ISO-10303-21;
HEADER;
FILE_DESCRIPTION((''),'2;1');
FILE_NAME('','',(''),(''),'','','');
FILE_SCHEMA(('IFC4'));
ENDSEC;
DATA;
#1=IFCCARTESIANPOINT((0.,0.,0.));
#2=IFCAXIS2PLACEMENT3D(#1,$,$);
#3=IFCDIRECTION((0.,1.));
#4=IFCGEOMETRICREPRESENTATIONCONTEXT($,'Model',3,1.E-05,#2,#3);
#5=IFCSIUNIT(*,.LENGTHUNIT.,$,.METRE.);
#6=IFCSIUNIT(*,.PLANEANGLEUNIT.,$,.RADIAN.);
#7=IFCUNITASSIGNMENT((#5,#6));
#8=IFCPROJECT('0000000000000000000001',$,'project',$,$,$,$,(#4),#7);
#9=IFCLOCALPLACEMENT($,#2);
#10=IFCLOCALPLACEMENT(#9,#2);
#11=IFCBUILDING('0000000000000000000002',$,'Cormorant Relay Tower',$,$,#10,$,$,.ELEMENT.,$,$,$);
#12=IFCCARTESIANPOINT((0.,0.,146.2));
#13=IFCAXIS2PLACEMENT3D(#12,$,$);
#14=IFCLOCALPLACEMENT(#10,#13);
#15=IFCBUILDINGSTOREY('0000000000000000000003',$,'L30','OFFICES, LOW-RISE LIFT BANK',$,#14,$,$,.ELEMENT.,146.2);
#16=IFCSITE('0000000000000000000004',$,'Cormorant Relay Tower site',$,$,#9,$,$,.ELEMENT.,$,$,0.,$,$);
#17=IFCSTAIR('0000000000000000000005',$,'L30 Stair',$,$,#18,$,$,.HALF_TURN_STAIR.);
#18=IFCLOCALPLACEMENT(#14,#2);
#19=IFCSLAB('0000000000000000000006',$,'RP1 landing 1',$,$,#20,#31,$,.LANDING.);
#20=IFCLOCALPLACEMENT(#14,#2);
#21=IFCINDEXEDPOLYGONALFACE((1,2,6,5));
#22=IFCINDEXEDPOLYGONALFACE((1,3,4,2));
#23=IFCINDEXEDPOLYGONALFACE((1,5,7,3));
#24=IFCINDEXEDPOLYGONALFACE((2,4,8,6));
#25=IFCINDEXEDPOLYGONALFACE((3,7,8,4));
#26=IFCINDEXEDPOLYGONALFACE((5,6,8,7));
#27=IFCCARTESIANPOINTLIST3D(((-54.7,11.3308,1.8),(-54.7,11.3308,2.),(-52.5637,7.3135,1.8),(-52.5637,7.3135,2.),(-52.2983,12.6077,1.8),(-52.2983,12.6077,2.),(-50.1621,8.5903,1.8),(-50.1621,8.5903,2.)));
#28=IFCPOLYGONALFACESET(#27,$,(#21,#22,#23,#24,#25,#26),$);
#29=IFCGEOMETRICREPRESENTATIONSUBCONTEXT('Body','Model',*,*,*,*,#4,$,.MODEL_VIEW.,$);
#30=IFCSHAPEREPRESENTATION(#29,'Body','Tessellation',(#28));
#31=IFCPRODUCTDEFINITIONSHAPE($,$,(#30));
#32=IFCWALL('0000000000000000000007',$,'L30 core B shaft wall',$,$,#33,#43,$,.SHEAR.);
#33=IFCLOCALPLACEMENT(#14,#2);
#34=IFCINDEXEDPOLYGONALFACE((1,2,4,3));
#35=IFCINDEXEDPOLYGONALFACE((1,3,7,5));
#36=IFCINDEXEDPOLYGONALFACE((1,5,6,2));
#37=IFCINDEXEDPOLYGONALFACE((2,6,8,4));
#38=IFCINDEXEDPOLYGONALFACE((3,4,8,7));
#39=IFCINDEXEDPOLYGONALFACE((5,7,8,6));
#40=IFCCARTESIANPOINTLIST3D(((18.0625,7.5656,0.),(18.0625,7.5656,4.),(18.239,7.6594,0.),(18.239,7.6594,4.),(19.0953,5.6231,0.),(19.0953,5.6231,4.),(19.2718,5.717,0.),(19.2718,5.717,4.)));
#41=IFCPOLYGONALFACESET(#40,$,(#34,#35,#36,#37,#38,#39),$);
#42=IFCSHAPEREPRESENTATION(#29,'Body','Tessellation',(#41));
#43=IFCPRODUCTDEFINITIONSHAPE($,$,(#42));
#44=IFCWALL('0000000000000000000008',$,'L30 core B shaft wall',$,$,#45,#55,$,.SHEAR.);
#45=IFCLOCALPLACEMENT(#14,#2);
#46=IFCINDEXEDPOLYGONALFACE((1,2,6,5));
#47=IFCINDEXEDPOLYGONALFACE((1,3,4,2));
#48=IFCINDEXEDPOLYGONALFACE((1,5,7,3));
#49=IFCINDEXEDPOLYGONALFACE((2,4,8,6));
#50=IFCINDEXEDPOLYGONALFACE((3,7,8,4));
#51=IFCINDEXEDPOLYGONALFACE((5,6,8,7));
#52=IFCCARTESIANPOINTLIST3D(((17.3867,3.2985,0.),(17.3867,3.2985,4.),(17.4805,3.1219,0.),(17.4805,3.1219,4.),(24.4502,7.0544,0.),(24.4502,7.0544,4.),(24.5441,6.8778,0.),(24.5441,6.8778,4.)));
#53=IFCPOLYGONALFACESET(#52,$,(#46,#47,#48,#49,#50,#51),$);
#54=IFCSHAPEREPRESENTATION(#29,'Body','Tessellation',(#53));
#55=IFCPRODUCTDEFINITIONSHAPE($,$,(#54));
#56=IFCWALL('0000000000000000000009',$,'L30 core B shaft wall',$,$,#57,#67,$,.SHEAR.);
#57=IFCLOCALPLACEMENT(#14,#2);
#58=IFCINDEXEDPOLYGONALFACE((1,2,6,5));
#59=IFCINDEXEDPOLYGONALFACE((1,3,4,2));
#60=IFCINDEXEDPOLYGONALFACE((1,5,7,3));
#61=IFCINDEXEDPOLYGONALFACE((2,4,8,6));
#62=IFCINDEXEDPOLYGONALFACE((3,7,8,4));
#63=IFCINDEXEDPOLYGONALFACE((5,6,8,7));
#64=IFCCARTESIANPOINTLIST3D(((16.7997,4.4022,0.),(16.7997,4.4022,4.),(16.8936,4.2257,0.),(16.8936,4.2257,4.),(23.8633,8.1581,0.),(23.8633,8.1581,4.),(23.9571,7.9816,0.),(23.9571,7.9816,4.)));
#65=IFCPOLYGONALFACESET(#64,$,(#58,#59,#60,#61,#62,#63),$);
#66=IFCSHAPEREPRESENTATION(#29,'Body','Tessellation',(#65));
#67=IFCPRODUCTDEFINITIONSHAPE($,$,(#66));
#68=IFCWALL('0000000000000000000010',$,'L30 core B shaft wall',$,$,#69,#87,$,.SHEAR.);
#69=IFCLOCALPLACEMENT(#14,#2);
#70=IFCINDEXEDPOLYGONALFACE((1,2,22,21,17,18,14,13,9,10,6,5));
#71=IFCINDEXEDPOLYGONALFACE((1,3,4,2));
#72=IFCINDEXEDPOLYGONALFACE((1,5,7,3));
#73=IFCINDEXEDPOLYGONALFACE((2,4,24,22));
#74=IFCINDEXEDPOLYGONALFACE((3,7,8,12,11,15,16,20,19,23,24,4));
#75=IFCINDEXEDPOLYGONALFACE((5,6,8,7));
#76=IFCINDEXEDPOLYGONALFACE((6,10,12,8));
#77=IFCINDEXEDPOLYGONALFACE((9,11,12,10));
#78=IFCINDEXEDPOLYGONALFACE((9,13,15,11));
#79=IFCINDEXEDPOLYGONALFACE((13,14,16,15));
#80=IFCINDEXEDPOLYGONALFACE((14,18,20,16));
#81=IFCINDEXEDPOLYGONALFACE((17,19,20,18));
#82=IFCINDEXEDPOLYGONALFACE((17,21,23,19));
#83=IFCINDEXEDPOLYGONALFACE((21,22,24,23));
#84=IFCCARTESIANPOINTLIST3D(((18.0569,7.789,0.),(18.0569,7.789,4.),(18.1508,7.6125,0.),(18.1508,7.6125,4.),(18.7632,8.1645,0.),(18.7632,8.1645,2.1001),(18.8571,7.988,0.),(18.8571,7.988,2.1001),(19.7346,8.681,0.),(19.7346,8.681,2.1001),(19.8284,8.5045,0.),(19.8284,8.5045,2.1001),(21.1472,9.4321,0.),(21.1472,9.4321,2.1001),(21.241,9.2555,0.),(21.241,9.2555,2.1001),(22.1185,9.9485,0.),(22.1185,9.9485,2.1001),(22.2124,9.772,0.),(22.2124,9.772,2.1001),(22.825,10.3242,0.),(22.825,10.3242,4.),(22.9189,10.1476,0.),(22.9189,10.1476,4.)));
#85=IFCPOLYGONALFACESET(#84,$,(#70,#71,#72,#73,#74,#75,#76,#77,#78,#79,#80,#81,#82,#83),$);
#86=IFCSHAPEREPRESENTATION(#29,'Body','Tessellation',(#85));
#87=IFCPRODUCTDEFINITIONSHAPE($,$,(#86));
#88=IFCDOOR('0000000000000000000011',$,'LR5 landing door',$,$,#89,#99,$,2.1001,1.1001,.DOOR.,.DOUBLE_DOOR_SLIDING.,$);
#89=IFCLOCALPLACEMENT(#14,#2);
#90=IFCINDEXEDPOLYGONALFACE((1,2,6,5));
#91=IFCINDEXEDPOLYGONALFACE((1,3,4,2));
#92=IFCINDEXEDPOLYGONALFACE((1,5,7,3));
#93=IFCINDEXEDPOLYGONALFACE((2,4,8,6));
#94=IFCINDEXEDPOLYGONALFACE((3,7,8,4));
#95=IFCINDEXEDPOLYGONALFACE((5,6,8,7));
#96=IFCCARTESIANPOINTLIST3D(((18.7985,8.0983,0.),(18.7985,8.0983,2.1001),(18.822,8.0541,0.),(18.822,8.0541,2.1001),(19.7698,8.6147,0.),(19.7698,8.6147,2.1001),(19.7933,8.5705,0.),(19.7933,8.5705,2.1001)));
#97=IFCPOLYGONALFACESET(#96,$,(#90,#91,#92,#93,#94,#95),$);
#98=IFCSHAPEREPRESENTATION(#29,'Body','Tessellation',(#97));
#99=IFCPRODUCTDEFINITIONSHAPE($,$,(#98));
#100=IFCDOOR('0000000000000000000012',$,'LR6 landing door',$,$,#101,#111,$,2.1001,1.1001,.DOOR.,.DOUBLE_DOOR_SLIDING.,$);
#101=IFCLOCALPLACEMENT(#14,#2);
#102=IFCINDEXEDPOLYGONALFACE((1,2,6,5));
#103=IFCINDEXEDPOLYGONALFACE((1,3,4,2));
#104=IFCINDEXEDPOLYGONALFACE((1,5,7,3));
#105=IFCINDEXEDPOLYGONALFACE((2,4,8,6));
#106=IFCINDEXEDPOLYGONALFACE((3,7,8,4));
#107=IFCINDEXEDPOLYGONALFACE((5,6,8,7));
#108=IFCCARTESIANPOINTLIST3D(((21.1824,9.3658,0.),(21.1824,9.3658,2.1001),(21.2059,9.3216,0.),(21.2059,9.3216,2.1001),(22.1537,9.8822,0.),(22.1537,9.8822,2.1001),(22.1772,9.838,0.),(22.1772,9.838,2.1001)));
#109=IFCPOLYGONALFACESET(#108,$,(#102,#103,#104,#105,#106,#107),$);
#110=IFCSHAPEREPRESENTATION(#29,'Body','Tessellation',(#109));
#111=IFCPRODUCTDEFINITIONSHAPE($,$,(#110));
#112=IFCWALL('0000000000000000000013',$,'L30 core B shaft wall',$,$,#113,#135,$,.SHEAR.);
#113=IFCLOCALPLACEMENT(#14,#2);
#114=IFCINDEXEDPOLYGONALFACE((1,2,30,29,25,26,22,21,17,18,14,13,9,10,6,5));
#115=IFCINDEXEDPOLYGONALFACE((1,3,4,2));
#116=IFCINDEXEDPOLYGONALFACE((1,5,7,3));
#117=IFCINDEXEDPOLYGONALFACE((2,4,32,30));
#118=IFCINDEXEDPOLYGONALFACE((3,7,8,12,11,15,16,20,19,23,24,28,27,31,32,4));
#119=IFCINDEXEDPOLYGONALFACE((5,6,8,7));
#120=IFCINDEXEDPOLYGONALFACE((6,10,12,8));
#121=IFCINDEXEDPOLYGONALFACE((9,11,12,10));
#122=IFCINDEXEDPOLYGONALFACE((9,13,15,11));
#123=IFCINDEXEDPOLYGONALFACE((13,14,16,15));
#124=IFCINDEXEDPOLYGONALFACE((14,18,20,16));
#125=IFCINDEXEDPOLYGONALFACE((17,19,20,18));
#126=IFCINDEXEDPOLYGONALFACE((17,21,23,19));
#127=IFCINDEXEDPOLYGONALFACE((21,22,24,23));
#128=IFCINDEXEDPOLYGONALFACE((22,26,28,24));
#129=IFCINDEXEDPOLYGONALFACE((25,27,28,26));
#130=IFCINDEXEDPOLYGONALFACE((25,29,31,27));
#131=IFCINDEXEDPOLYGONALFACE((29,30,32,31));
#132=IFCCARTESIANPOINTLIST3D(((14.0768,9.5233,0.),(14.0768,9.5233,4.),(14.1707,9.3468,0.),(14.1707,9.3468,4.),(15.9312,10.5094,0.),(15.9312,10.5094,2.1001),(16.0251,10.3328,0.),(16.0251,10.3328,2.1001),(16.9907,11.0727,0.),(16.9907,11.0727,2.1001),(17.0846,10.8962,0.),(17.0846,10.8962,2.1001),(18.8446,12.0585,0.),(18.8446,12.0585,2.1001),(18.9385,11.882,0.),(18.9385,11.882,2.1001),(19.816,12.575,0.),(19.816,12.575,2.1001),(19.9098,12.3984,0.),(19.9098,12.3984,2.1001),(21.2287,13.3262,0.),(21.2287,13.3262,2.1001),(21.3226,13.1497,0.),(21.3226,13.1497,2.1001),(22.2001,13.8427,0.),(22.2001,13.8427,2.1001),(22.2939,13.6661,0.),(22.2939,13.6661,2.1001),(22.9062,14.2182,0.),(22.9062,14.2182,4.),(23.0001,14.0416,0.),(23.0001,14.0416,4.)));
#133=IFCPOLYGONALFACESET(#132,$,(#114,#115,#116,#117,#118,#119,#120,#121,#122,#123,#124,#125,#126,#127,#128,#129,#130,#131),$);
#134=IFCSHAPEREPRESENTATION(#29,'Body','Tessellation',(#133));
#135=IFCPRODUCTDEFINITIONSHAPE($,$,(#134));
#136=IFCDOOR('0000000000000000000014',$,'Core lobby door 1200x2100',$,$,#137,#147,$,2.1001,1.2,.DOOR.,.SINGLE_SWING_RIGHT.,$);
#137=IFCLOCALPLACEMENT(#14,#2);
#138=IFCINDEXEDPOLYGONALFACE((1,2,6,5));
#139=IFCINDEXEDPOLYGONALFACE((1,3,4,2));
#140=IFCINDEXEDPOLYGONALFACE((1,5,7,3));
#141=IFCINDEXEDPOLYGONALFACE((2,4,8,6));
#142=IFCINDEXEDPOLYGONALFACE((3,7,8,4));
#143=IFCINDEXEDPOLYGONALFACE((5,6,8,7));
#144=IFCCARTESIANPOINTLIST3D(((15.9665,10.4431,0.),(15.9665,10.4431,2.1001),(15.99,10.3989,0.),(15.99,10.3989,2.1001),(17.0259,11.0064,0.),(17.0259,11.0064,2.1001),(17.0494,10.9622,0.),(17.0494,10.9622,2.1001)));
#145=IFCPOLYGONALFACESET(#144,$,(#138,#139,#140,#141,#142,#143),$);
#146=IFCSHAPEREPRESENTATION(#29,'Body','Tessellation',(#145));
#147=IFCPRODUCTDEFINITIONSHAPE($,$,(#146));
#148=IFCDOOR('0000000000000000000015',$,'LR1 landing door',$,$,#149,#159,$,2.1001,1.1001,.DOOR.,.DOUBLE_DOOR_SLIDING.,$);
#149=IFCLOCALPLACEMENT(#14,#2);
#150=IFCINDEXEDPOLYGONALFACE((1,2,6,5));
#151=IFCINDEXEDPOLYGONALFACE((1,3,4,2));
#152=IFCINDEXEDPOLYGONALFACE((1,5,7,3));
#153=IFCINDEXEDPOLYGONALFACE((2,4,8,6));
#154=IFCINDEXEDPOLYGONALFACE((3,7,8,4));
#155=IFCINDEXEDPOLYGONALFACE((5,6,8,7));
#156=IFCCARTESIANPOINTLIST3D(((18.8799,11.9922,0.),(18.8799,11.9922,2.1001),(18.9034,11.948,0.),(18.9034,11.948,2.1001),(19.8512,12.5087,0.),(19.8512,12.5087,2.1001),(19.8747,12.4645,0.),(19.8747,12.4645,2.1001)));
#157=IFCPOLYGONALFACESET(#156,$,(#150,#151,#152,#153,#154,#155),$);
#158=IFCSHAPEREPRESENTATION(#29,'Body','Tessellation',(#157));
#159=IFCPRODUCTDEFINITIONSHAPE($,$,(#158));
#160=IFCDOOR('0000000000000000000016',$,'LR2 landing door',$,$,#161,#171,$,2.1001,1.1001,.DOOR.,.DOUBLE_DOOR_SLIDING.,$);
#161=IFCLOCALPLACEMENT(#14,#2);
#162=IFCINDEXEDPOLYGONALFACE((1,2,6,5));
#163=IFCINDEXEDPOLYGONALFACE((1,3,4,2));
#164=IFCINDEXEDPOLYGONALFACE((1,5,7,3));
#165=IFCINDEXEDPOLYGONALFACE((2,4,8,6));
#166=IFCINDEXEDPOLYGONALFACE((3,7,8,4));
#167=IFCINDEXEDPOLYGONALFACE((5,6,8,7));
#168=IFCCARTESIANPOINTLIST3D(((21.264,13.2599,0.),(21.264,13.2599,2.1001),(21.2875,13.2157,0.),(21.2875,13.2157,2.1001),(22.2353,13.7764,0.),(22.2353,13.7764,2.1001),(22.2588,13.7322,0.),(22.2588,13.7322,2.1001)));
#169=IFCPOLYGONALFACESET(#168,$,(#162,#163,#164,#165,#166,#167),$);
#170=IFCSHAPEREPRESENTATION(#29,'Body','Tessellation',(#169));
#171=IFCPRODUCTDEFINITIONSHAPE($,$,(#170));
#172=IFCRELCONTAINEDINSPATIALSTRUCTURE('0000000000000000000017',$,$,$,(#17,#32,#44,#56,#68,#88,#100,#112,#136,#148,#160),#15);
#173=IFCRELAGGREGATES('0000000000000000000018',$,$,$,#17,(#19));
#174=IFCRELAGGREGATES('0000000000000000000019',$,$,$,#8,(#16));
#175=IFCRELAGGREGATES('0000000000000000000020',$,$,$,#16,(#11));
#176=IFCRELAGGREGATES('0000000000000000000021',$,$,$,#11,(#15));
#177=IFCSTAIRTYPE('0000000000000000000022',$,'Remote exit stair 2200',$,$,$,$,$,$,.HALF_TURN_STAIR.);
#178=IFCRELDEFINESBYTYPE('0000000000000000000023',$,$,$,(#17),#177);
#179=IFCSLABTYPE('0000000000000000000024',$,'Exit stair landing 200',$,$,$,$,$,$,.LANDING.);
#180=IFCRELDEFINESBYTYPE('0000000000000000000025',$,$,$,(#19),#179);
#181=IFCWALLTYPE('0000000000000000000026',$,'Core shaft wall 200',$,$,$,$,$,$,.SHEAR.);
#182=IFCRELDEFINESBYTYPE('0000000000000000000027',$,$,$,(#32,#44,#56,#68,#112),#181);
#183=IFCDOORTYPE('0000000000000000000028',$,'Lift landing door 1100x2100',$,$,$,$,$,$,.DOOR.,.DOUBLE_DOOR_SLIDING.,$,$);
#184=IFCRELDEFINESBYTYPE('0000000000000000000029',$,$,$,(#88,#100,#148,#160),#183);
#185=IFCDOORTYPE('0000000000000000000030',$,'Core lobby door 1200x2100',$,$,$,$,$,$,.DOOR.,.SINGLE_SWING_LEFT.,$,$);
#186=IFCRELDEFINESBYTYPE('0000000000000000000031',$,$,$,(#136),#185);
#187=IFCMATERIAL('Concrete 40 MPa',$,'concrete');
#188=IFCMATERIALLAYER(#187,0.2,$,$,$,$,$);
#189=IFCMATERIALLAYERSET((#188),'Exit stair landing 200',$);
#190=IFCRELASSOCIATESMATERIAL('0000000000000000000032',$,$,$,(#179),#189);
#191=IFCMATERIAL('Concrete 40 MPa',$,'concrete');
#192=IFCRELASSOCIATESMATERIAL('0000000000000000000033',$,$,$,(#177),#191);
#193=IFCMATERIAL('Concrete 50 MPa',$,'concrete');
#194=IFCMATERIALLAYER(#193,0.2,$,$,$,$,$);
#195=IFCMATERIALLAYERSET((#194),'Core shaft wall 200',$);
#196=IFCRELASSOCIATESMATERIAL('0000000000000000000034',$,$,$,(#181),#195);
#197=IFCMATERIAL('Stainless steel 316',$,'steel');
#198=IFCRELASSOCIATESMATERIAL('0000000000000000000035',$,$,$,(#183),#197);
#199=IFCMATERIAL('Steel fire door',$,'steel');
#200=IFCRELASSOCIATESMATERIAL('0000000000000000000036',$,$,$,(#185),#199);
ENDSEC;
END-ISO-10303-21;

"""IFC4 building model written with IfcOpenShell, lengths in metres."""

from ifc_helpers import new_model, si_unit, direction, frame, frame_2d, origin, place, context, subcontext, project, spatial, polyline, rectangle, outline, extrude, material, layer, layer_set, type_object, element, fill, aggregate, save


model = new_model("IFC4")

# Units and contexts
model_context = context("Model", 3, precision=1e-05, world=origin(), true_north=direction((0.0, 1.0)))
body_context = subcontext(model_context, "Body", "Model", "MODEL_VIEW")
ifc_project = project(units=[si_unit("LENGTHUNIT", "METRE"), si_unit("PLANEANGLEUNIT", "RADIAN")], contexts=[model_context])

# Site, building, storey
site_placement = place(None, origin())
site = spatial("IfcSite", under=ifc_project, at=site_placement, Name="Cormorant Relay Tower site", CompositionType="ELEMENT", RefElevation=0.0)
building_placement = place(site_placement, origin())
building = spatial("IfcBuilding", under=site, at=building_placement, Name="Cormorant Relay Tower", CompositionType="ELEMENT")
storey_placement = place(building_placement, frame((0.0, 0.0, 146.2)))
storey = spatial("IfcBuildingStorey", under=building, at=storey_placement, Name="L30", Description="OFFICES, LOW-RISE LIFT BANK", CompositionType="ELEMENT", Elevation=146.2)

# Stair, slab
ifc_material_1 = material(Name="Concrete 40 MPa", Category="concrete")
ifc_layer_1 = layer(ifc_material_1, 0.2)
ifc_layer_set_1 = layer_set([ifc_layer_1], Name="Exit stair landing 200")
slab_type = type_object("IfcSlabType", Name="Exit stair landing 200", PredefinedType="LANDING", material=ifc_layer_set_1)
ifc_material_2 = material(Name="Concrete 40 MPa", Category="concrete")
stair_type_1 = type_object("IfcStairType", Name="Remote exit stair 2200", PredefinedType="HALF_TURN_STAIR", material=ifc_material_2)
stair_1_placement = place(storey_placement, origin())
stair_1 = element("IfcStair", 1, at=stair_1_placement, inside=storey, type_object=stair_type_1, Name="L30 Stair", PredefinedType="HALF_TURN_STAIR")
slab_1_placement = place(storey_placement, frame((0.0, 0.0, 1.8)))
slab_1 = element("IfcSlab", 2, at=slab_1_placement, type_object=slab_type, Name="RP1 landing 1", PredefinedType="LANDING", context=body_context, shape_type="SweptSolid", body=[
    extrude(outline(polyline([(-52.2983, 12.6077), (-54.7, 11.3308), (-52.5637, 7.3135), (-50.1621, 8.5903), (-52.2983, 12.6077)])), origin(), (0.0, 0.0, 1.0), 0.2),
])
aggregate(stair_1, [slab_1])

# Walls
ifc_material_3 = material(Name="Concrete 50 MPa", Category="concrete")
ifc_layer_2 = layer(ifc_material_3, 0.2)
ifc_layer_set_2 = layer_set([ifc_layer_2], Name="Core shaft wall 200")
wall_type = type_object("IfcWallType", Name="Core shaft wall 200", PredefinedType="SHEAR", material=ifc_layer_set_2)
wall_1_placement = place(storey_placement, frame((19.1836, 5.6699, 0.0), z_axis=(0.0, 0.0, 1.0), x_axis=(-0.469447, 0.88296, 0.0)))
element("IfcWall", 3, at=wall_1_placement, inside=storey, type_object=wall_type, Name="L30 core B shaft wall", PredefinedType="SHEAR", context=body_context, shape_type="SweptSolid", body=[
    extrude(rectangle(XDim=2.2, YDim=0.2, at=frame_2d((1.1001, 0.0))), origin(), (0.0, 0.0, 1.0), 4.0),
])
for number, where, z_axis, x_axis, name in (
    (4, (17.4336, 3.2102, 0.0), (0.0, 0.0, 1.0), (0.88294, 0.469485, 0.0), "L30 core B shaft wall"),
    (5, (16.8467, 4.314, 0.0), (0.0, 0.0, 1.0), (0.88294, 0.469485, 0.0), "L30 core B shaft wall"),
):
    element("IfcWall", number, at=place(storey_placement, frame(where, z_axis=z_axis, x_axis=x_axis)), inside=storey, type_object=wall_type, Name=name, PredefinedType="SHEAR", context=body_context, shape_type="SweptSolid", body=[
        extrude(rectangle(XDim=8.0, YDim=0.2, at=frame_2d((4.0, 0.0))), origin(), (0.0, 0.0, 1.0), 4.0),
    ])

# Walls, openings, doors
wall_2_placement = place(storey_placement, frame((18.1038, 7.7007, 0.0), z_axis=(0.0, 0.0, 1.0), x_axis=(0.882953, 0.469462, 0.0)))
wall_2 = element("IfcWall", 6, at=wall_2_placement, inside=storey, type_object=wall_type, Name="L30 core B shaft wall", PredefinedType="SHEAR", context=body_context, shape_type="SweptSolid", body=[
    extrude(rectangle(XDim=5.4001, YDim=0.2, at=frame_2d((2.7002, 0.0))), origin(), (0.0, 0.0, 1.0), 4.0),
])
opening_1_placement = place(wall_2_placement, frame((0.8, 0.0, 0.0)))
opening_1 = element("IfcOpeningElement", 7, at=opening_1_placement, cuts=wall_2, PredefinedType="OPENING", context=body_context, shape_type="SweptSolid", body=[
    extrude(rectangle(XDim=1.1001, YDim=2.1001, at=frame_2d((0.55, 1.05))), frame((0.0, 0.1099, 0.0), z_axis=(0.0, -1.0, 0.0), x_axis=(1.0, 0.0, 0.0)), (0.0, 0.0, 1.0), 0.22),
])
opening_2_placement = place(wall_2_placement, frame((3.5, 0.0, 0.0)))
opening_2 = element("IfcOpeningElement", 8, at=opening_2_placement, cuts=wall_2, PredefinedType="OPENING", context=body_context, shape_type="SweptSolid", body=[
    extrude(rectangle(XDim=1.1001, YDim=2.1001, at=frame_2d((0.55, 1.05))), frame((0.0, 0.1099, 0.0), z_axis=(0.0, -1.0, 0.0), x_axis=(1.0, 0.0, 0.0)), (0.0, 0.0, 1.0), 0.22),
])
ifc_material_4 = material(Name="Stainless steel 316", Category="steel")
door_type_1 = type_object("IfcDoorType", Name="Lift landing door 1100x2100", OperationType="DOUBLE_DOOR_SLIDING", PredefinedType="DOOR", material=ifc_material_4)
door_1_placement = place(opening_1_placement, origin())
door_1 = element("IfcDoor", 9, at=door_1_placement, inside=storey, type_object=door_type_1, Name="LR5 landing door", OperationType="DOUBLE_DOOR_SLIDING", OverallHeight=2.1001, OverallWidth=1.1001, PredefinedType="DOOR", context=body_context, shape_type="SweptSolid", body=[
    extrude(rectangle(XDim=1.1001, YDim=2.1001, at=frame_2d((0.55, 1.05))), frame((0.0, 0.0249, 0.0), z_axis=(0.0, -1.0, 0.0), x_axis=(1.0, 0.0, 0.0)), (0.0, 0.0, 1.0), 0.05),
])
fill(opening_1, door_1)
door_2_placement = place(opening_2_placement, origin())
door_2 = element("IfcDoor", 10, at=door_2_placement, inside=storey, type_object=door_type_1, Name="LR6 landing door", OperationType="DOUBLE_DOOR_SLIDING", OverallHeight=2.1001, OverallWidth=1.1001, PredefinedType="DOOR", context=body_context, shape_type="SweptSolid", body=[
    extrude(rectangle(XDim=1.1001, YDim=2.1001, at=frame_2d((0.55, 1.05))), frame((0.0, 0.0249, 0.0), z_axis=(0.0, -1.0, 0.0), x_axis=(1.0, 0.0, 0.0)), (0.0, 0.0, 1.0), 0.05),
])
fill(opening_2, door_2)
wall_3_placement = place(storey_placement, frame((14.1238, 9.4351, 0.0), z_axis=(0.0, 0.0, 1.0), x_axis=(0.88294, 0.469485, 0.0)))
wall_3 = element("IfcWall", 11, at=wall_3_placement, inside=storey, type_object=wall_type, Name="L30 core B shaft wall", PredefinedType="SHEAR", context=body_context, shape_type="SweptSolid", body=[
    extrude(rectangle(XDim=10.0, YDim=0.2, at=frame_2d((5.0, 0.0))), origin(), (0.0, 0.0, 1.0), 4.0),
])
opening_3_placement = place(wall_3_placement, frame((2.1001, 0.0, 0.0)))
opening_3 = element("IfcOpeningElement", 12, at=opening_3_placement, cuts=wall_3, PredefinedType="OPENING", context=body_context, shape_type="SweptSolid", body=[
    extrude(rectangle(XDim=1.2, YDim=2.1001, at=frame_2d((0.6001, 1.05))), frame((0.0, 0.1099, 0.0), z_axis=(0.0, -1.0, 0.0), x_axis=(1.0, 0.0, 0.0)), (0.0, 0.0, 1.0), 0.22),
])
opening_4_placement = place(wall_3_placement, frame((5.3999, 0.0, 0.0)))
opening_4 = element("IfcOpeningElement", 13, at=opening_4_placement, cuts=wall_3, PredefinedType="OPENING", context=body_context, shape_type="SweptSolid", body=[
    extrude(rectangle(XDim=1.1001, YDim=2.1001, at=frame_2d((0.55, 1.05))), frame((0.0, 0.1099, 0.0), z_axis=(0.0, -1.0, 0.0), x_axis=(1.0, 0.0, 0.0)), (0.0, 0.0, 1.0), 0.22),
])
opening_5_placement = place(wall_3_placement, frame((8.1001, 0.0, 0.0)))
opening_5 = element("IfcOpeningElement", 14, at=opening_5_placement, cuts=wall_3, PredefinedType="OPENING", context=body_context, shape_type="SweptSolid", body=[
    extrude(rectangle(XDim=1.1001, YDim=2.1001, at=frame_2d((0.55, 1.05))), frame((0.0, 0.1099, 0.0), z_axis=(0.0, -1.0, 0.0), x_axis=(1.0, 0.0, 0.0)), (0.0, 0.0, 1.0), 0.22),
])
ifc_material_5 = material(Name="Steel fire door", Category="steel")
door_type_2 = type_object("IfcDoorType", Name="Core lobby door 1200x2100", OperationType="SINGLE_SWING_LEFT", PredefinedType="DOOR", material=ifc_material_5)
door_3_placement = place(opening_3_placement, origin())
door_3 = element("IfcDoor", 15, at=door_3_placement, inside=storey, type_object=door_type_2, Name="Core lobby door 1200x2100", OperationType="SINGLE_SWING_RIGHT", OverallHeight=2.1001, OverallWidth=1.2, PredefinedType="DOOR", context=body_context, shape_type="SweptSolid", body=[
    extrude(rectangle(XDim=1.2, YDim=2.1001, at=frame_2d((0.6001, 1.05))), frame((0.0, 0.0249, 0.0), z_axis=(0.0, -1.0, 0.0), x_axis=(1.0, 0.0, 0.0)), (0.0, 0.0, 1.0), 0.05),
])
fill(opening_3, door_3)
door_4_placement = place(opening_4_placement, origin())
door_4 = element("IfcDoor", 16, at=door_4_placement, inside=storey, type_object=door_type_1, Name="LR1 landing door", OperationType="DOUBLE_DOOR_SLIDING", OverallHeight=2.1001, OverallWidth=1.1001, PredefinedType="DOOR", context=body_context, shape_type="SweptSolid", body=[
    extrude(rectangle(XDim=1.1001, YDim=2.1001, at=frame_2d((0.55, 1.05))), frame((0.0, 0.0249, 0.0), z_axis=(0.0, -1.0, 0.0), x_axis=(1.0, 0.0, 0.0)), (0.0, 0.0, 1.0), 0.05),
])
fill(opening_4, door_4)
door_5_placement = place(opening_5_placement, origin())
door_5 = element("IfcDoor", 17, at=door_5_placement, inside=storey, type_object=door_type_1, Name="LR2 landing door", OperationType="DOUBLE_DOOR_SLIDING", OverallHeight=2.1001, OverallWidth=1.1001, PredefinedType="DOOR", context=body_context, shape_type="SweptSolid", body=[
    extrude(rectangle(XDim=1.1001, YDim=2.1001, at=frame_2d((0.55, 1.05))), frame((0.0, 0.0249, 0.0), z_axis=(0.0, -1.0, 0.0), x_axis=(1.0, 0.0, 0.0)), (0.0, 0.0, 1.0), 0.05),
])
fill(opening_5, door_5)

save(model, "model.ifc")
